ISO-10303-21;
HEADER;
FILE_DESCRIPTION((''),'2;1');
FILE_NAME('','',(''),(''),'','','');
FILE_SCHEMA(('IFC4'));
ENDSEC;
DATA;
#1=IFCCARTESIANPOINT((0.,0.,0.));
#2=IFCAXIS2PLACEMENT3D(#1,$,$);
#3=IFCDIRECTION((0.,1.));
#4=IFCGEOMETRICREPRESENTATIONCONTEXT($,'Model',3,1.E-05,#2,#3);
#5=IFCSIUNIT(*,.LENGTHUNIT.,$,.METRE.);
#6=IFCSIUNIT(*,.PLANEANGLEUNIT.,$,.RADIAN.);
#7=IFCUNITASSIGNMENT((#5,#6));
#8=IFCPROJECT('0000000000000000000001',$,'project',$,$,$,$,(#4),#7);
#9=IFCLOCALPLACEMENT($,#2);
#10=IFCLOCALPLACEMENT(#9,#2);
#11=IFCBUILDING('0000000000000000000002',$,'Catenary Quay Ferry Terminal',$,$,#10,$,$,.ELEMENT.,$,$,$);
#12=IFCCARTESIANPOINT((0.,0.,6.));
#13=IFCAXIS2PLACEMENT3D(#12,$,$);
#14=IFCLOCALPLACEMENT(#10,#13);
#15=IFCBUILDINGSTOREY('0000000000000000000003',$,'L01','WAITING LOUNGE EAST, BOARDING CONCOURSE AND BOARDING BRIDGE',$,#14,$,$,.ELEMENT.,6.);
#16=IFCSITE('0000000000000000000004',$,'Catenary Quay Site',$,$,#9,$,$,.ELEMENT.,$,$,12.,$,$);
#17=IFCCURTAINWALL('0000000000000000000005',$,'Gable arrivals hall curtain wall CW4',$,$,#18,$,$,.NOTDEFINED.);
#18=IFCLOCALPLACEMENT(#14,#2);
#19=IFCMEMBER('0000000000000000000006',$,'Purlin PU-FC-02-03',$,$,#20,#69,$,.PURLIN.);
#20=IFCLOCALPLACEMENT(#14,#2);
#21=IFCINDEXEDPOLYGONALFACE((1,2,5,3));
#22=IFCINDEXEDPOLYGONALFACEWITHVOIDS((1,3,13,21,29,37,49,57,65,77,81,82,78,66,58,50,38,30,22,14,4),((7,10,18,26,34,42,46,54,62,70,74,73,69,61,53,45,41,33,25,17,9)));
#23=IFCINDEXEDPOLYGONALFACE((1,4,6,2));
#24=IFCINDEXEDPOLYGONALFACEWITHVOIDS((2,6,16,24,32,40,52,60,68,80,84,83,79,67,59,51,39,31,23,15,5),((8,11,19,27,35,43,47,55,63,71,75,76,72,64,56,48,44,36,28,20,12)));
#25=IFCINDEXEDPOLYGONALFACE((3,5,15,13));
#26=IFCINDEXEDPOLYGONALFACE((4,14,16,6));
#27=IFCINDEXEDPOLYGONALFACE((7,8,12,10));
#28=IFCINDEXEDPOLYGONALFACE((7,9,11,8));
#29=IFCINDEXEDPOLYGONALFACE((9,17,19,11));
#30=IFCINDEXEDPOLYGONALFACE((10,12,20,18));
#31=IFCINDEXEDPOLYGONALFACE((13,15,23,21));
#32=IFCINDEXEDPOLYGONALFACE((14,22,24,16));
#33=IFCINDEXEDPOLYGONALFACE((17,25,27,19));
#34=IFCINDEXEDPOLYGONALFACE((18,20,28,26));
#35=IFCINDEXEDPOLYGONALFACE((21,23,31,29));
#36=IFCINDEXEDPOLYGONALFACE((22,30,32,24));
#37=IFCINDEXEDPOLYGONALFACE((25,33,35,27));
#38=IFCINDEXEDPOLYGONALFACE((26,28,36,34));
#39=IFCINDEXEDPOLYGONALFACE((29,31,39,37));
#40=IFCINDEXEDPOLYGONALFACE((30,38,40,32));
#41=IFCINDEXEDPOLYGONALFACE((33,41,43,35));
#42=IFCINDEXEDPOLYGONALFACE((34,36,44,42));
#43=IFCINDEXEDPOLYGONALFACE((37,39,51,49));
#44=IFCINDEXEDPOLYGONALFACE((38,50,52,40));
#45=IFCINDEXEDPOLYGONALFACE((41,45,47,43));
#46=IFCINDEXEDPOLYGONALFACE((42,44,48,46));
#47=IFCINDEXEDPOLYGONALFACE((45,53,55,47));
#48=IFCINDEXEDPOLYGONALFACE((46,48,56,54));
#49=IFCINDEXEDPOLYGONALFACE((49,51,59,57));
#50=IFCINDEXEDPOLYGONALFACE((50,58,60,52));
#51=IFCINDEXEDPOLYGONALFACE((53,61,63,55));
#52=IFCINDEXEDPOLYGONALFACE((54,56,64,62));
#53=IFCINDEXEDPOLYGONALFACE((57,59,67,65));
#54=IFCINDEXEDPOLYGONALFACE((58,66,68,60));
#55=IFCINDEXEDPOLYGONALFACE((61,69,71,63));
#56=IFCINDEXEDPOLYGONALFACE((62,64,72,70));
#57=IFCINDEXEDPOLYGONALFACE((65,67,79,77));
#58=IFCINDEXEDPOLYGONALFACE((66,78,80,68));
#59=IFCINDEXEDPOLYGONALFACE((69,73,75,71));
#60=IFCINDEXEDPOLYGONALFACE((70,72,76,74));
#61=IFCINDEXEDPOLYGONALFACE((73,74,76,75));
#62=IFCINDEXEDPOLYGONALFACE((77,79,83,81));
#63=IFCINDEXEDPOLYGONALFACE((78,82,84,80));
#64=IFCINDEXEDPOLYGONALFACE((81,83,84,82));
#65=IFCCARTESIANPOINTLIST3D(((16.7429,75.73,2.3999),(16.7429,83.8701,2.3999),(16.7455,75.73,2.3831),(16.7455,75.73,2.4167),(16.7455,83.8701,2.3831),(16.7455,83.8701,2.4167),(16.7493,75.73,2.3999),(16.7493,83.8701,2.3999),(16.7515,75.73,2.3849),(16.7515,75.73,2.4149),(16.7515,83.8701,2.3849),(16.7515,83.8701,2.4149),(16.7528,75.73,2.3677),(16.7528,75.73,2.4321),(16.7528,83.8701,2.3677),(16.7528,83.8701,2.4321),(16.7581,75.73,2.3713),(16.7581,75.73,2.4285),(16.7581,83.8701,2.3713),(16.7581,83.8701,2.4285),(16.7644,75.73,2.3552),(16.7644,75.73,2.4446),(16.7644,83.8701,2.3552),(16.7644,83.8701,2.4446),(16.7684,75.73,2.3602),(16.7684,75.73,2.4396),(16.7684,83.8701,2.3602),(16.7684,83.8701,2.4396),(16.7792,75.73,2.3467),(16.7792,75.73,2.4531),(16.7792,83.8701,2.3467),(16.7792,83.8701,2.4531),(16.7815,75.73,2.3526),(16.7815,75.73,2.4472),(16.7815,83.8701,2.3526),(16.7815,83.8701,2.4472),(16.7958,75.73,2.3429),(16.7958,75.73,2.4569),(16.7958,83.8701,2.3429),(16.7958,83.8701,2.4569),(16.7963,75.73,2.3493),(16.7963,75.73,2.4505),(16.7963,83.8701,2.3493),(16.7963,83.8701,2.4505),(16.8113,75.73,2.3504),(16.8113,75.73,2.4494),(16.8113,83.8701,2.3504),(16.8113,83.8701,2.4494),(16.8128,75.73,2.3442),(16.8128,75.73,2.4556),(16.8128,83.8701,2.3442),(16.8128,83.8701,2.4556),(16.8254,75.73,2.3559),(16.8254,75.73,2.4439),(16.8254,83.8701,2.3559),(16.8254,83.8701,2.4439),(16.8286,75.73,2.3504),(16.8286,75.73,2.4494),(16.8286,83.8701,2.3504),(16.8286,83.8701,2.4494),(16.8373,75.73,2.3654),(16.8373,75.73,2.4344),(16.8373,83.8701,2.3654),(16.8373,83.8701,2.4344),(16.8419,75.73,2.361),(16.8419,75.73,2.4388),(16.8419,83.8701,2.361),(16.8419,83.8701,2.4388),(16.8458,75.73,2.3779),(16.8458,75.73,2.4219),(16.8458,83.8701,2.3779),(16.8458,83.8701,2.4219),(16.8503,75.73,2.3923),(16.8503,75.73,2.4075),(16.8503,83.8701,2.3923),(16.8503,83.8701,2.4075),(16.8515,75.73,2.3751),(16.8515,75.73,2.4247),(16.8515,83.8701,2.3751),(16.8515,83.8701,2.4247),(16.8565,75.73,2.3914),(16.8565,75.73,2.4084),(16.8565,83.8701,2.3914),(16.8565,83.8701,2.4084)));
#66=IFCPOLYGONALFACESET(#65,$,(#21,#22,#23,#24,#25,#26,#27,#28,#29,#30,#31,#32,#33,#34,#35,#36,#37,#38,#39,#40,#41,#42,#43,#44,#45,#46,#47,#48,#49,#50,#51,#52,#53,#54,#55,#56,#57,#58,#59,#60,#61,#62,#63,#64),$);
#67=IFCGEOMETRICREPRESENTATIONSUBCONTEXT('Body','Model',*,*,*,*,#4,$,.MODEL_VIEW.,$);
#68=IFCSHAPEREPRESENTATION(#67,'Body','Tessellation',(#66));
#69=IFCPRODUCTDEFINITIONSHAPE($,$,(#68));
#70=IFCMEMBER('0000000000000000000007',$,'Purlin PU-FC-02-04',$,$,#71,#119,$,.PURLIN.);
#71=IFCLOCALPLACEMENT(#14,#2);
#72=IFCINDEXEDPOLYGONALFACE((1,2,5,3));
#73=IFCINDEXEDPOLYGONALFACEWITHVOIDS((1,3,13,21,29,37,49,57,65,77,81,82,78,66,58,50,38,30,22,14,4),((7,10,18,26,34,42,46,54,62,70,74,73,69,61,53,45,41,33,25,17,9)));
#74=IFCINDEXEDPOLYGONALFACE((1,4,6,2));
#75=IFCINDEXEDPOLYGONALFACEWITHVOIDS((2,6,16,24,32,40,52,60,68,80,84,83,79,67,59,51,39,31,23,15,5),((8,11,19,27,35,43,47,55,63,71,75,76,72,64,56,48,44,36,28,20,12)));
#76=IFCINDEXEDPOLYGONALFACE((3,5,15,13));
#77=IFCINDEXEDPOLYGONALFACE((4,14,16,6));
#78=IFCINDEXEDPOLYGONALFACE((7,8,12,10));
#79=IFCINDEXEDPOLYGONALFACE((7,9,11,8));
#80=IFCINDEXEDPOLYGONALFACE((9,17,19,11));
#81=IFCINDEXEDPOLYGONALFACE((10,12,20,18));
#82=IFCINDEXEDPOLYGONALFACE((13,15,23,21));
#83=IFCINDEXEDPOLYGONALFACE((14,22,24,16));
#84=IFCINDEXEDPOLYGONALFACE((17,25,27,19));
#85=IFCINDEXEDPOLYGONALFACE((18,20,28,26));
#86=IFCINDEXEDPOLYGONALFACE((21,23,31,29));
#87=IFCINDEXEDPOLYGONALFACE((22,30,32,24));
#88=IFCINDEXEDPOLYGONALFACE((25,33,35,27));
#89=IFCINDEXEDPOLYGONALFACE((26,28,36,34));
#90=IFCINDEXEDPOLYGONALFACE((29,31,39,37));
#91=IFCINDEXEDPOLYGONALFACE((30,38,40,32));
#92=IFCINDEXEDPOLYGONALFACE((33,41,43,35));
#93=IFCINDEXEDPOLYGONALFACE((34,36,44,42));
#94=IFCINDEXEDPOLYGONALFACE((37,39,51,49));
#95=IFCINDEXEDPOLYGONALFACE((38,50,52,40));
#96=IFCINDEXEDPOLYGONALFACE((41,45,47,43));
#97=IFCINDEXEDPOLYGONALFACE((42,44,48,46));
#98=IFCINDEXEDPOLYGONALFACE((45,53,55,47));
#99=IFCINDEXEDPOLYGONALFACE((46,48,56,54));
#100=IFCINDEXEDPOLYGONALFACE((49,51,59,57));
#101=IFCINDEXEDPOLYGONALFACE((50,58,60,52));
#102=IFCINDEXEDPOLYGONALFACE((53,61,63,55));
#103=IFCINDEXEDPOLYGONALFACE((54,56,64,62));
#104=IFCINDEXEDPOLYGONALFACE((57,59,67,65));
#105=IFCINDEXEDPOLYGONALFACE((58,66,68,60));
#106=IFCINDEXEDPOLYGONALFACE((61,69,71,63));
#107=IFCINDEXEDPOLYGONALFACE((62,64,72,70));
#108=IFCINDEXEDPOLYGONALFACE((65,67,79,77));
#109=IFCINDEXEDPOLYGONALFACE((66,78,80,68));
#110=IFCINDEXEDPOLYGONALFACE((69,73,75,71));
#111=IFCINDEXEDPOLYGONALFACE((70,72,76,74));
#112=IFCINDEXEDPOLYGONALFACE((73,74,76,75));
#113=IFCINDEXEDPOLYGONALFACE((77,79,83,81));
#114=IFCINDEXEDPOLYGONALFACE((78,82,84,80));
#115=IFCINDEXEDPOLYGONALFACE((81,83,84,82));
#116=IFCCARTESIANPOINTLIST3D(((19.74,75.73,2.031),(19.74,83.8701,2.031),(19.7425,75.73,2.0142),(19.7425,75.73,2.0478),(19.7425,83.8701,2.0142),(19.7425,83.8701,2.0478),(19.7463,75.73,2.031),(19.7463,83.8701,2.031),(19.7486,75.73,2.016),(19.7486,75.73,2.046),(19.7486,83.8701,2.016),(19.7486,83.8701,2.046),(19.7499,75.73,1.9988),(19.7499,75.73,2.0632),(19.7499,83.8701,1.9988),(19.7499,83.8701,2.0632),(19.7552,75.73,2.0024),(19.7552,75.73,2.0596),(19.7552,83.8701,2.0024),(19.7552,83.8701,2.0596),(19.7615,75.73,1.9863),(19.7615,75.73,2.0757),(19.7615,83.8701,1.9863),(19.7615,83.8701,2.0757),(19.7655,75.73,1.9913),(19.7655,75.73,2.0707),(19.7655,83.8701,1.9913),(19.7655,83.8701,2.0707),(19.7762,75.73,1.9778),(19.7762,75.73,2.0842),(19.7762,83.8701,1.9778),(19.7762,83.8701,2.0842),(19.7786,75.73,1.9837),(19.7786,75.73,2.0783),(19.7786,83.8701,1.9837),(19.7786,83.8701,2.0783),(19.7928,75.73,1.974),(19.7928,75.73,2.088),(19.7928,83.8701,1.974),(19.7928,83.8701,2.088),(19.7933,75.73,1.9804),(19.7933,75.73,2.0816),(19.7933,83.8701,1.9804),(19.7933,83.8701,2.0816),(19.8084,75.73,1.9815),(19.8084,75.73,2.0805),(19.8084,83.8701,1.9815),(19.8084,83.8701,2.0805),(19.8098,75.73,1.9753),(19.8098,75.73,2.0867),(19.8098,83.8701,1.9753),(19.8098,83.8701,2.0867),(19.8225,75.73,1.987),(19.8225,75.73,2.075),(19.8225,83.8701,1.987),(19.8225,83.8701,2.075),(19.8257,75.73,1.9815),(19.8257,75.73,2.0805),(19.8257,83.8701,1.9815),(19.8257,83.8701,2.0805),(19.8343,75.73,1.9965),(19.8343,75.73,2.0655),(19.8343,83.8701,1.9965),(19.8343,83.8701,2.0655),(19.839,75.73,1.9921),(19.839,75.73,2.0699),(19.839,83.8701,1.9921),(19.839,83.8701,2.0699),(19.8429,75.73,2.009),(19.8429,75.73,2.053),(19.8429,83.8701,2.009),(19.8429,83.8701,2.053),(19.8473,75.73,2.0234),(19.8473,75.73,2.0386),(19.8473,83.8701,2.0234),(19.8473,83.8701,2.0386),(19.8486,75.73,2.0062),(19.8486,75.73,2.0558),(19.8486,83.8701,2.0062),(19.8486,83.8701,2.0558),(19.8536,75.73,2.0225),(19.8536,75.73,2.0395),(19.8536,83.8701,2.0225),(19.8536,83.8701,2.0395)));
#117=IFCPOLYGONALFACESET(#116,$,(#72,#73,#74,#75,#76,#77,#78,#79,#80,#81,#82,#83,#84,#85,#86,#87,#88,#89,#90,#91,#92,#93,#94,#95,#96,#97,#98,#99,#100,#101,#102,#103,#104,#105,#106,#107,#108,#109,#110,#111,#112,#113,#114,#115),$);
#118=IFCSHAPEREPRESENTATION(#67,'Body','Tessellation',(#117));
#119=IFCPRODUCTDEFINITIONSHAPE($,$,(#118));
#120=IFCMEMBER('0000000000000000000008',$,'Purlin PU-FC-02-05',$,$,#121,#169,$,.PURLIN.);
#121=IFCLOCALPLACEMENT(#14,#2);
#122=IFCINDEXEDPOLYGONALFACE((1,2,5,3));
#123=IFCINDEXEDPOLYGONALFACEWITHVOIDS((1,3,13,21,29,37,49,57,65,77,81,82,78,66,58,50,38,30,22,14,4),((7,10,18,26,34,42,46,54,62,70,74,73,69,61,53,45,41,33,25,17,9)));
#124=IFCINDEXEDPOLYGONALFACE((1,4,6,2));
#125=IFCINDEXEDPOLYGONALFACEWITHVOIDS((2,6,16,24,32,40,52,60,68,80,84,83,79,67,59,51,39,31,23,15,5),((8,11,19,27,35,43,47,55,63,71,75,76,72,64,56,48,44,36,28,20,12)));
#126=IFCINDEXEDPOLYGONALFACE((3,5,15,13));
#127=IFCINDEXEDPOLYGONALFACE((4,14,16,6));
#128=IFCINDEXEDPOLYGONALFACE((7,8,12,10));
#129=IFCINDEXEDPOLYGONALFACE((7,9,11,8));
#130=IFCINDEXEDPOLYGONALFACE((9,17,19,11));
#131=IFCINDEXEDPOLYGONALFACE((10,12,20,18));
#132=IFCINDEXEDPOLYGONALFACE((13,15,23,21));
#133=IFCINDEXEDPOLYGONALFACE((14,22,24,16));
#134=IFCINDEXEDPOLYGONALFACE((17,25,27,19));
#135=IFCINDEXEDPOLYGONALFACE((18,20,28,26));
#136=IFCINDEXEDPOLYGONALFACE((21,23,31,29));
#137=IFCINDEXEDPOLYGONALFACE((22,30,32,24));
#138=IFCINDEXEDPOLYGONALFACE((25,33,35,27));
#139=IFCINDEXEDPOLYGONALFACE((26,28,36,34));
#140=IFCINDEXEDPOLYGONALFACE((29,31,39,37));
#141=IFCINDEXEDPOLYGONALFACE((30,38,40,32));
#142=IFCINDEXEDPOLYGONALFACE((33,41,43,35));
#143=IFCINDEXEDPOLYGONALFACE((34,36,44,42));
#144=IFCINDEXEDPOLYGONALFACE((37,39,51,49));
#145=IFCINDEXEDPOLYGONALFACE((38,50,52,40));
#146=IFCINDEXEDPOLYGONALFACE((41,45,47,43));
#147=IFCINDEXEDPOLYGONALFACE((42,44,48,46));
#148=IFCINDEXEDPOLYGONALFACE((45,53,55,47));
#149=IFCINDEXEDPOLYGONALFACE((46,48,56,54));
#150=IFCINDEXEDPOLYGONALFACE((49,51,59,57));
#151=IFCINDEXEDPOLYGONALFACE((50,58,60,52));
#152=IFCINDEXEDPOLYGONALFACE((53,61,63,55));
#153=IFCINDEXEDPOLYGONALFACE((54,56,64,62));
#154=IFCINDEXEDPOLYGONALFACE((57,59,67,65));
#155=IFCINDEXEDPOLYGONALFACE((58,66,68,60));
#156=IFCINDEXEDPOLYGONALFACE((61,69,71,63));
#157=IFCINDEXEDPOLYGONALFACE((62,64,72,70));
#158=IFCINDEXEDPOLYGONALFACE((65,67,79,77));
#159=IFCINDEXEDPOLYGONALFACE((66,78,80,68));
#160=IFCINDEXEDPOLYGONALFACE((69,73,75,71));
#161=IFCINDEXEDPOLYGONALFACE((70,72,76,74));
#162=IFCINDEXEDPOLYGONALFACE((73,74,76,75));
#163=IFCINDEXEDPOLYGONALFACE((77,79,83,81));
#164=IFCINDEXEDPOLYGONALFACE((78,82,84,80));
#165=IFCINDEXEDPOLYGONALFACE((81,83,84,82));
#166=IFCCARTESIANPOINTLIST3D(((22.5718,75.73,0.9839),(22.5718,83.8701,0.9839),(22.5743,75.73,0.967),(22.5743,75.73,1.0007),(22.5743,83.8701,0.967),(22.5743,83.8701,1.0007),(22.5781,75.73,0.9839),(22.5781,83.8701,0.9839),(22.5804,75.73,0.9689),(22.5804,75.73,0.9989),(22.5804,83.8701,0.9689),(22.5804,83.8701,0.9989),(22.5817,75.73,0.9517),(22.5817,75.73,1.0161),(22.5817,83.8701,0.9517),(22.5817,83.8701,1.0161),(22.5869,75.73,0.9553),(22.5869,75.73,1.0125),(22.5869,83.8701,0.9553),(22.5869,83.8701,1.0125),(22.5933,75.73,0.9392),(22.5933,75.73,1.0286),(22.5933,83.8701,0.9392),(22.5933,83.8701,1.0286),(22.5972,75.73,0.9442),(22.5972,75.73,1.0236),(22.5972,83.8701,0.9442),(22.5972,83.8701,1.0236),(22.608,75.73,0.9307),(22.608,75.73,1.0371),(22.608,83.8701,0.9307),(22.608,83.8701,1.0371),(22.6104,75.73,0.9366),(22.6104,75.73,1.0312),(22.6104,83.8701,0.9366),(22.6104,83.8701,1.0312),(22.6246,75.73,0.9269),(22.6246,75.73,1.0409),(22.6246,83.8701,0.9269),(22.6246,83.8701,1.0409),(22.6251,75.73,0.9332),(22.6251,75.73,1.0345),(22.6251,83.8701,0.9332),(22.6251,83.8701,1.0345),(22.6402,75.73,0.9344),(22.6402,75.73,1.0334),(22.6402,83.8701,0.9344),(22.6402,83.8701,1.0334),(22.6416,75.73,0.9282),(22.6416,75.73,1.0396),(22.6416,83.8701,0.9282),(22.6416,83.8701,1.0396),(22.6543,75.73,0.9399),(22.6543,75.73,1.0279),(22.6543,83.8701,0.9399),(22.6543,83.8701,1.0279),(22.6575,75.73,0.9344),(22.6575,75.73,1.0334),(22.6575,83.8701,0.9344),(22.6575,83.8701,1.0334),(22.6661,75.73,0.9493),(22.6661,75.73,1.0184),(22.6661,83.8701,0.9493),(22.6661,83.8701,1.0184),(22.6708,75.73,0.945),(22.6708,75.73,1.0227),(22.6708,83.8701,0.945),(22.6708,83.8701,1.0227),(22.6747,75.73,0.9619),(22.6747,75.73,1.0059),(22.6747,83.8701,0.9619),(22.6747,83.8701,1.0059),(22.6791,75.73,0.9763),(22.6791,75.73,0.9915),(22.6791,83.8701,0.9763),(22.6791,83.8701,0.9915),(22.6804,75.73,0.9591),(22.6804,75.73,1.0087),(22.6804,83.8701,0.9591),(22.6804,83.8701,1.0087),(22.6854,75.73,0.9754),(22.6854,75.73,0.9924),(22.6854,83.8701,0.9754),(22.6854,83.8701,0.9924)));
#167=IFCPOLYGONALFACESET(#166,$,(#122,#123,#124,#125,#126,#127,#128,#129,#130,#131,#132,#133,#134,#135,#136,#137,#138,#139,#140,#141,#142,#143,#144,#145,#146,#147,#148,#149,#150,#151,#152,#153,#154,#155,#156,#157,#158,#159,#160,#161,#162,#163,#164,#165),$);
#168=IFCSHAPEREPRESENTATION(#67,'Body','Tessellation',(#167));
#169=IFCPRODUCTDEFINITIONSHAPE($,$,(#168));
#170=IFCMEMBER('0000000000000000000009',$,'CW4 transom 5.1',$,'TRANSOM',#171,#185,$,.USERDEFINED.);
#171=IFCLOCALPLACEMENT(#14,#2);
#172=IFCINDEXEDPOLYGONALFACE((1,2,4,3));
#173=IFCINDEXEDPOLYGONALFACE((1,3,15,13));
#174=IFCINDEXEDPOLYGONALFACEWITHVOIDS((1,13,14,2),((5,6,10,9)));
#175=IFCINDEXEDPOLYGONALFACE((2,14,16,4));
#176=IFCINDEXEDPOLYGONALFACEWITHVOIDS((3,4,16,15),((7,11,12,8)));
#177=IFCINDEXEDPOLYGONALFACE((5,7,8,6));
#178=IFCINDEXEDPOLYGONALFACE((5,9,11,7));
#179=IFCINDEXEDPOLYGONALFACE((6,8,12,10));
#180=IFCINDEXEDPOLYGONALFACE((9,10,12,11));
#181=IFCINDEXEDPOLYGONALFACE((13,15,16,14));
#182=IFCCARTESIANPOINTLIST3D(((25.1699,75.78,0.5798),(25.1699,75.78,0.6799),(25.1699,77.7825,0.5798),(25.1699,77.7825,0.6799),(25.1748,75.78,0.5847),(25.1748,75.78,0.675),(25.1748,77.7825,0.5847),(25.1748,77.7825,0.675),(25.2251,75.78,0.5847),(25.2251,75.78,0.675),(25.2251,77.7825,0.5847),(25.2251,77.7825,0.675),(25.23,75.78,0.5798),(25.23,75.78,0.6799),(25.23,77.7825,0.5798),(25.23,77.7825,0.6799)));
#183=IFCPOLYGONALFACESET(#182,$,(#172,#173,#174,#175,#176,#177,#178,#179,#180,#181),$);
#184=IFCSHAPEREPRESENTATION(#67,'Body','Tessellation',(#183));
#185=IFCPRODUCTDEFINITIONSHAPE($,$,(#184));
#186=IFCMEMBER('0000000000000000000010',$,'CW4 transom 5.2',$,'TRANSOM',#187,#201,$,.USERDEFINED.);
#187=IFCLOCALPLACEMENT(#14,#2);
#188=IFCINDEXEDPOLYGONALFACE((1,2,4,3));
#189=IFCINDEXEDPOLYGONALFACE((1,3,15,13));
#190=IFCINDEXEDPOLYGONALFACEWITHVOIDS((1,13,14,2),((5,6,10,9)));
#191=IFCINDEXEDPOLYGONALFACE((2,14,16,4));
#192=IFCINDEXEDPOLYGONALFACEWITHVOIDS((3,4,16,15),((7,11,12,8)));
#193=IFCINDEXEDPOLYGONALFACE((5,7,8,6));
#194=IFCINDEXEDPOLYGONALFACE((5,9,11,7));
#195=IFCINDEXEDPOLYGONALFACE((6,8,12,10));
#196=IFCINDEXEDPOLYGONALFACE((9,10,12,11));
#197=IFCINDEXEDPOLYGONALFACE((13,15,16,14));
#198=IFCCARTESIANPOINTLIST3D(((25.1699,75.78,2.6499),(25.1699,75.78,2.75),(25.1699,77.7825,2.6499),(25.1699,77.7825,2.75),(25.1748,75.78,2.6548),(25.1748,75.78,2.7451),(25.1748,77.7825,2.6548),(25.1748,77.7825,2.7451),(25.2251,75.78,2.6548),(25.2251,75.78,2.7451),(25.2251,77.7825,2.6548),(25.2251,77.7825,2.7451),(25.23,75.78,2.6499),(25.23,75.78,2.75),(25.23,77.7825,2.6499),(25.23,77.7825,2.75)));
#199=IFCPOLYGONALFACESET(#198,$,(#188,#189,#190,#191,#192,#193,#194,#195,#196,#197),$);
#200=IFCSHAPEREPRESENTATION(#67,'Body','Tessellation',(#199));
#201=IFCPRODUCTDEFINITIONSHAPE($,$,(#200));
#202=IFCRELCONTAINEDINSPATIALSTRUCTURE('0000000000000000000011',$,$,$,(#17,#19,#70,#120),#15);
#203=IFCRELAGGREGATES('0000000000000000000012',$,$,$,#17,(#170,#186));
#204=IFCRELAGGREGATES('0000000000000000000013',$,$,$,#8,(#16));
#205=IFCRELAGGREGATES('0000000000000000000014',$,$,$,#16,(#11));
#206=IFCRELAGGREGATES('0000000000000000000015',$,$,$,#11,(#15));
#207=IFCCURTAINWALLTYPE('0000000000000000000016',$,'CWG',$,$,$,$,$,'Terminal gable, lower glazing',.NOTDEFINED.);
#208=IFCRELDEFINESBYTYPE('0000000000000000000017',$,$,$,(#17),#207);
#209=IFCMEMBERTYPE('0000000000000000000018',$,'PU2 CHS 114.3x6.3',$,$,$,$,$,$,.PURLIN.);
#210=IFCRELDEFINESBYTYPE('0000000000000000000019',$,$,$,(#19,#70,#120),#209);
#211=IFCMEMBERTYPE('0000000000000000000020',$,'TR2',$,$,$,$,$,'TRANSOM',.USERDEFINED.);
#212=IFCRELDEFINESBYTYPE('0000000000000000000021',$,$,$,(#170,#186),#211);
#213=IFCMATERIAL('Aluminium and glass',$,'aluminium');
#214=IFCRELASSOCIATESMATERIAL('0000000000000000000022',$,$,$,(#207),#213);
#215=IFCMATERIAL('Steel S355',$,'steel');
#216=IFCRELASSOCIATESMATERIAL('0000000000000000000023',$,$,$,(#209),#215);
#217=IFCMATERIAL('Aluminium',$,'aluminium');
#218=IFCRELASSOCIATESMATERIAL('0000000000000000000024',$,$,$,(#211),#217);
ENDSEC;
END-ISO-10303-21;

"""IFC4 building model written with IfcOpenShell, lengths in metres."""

from ifc_helpers import new_model, si_unit, direction, frame, origin, origin_2d, place, context, subcontext, project, spatial, hollow_rectangle, hollow_circle, extrude, material, material_profile, profile_set, type_object, element, aggregate, save


model = new_model("IFC4")

# Units and contexts
model_context = context("Model", 3, precision=1e-05, world=origin(), true_north=direction((0.0, 1.0)))
body_context = subcontext(model_context, "Body", "Model", "MODEL_VIEW")
ifc_project = project(units=[si_unit("LENGTHUNIT", "METRE"), si_unit("PLANEANGLEUNIT", "RADIAN")], contexts=[model_context])

# Site, building, storey
site_placement = place(None, origin())
site = spatial("IfcSite", under=ifc_project, at=site_placement, Name="Catenary Quay Site", CompositionType="ELEMENT", RefElevation=12.0)
building_placement = place(site_placement, origin())
building = spatial("IfcBuilding", under=site, at=building_placement, Name="Catenary Quay Ferry Terminal", CompositionType="ELEMENT")
storey_placement = place(building_placement, frame((0.0, 0.0, 6.0)))
storey = spatial("IfcBuildingStorey", under=building, at=storey_placement, Name="L01", Description="WAITING LOUNGE EAST, BOARDING CONCOURSE AND BOARDING BRIDGE", CompositionType="ELEMENT", Elevation=6.0)

# Curtain wall
ifc_material_1 = material(Name="Aluminium and glass", Category="aluminium")
curtain_wall_type_1 = type_object("IfcCurtainWallType", Name="CWG", ElementType="Terminal gable, lower glazing", PredefinedType="NOTDEFINED", material=ifc_material_1)
curtain_wall_1_placement = place(storey_placement, origin())
curtain_wall_1 = element("IfcCurtainWall", 1, at=curtain_wall_1_placement, inside=storey, type_object=curtain_wall_type_1, Name="Gable arrivals hall curtain wall CW4", PredefinedType="NOTDEFINED")

# Members
ifc_material_2 = material(Name="Steel S355", Category="steel")
ifc_material_profile_1 = material_profile(ifc_material_2, hollow_circle(Radius=0.0571, WallThickness=0.0063, at=origin_2d()), Name="CHS 114.3x6.3")
ifc_profile_set_1 = profile_set([ifc_material_profile_1], Name="Steel S355")
member_type_1 = type_object("IfcMemberType", Name="PU2 CHS 114.3x6.3", PredefinedType="PURLIN", material=ifc_profile_set_1)
for number, where, z_axis, x_axis, name in (
    (2, (16.8, 75.73, 2.3999), (0.0, 1.0, 0.0), (-1.0, 0.0, 0.0), "Purlin PU-FC-02-03"),
    (3, (19.7971, 75.73, 2.031), (0.0, 1.0, 0.0), (-1.0, 0.0, 0.0), "Purlin PU-FC-02-04"),
    (4, (22.6289, 75.73, 0.9839), (0.0, 1.0, 0.0), (-1.0, 0.0, 0.0), "Purlin PU-FC-02-05"),
):
    element("IfcMember", number, at=place(storey_placement, frame(where, z_axis=z_axis, x_axis=x_axis)), inside=storey, type_object=member_type_1, Name=name, PredefinedType="PURLIN", context=body_context, shape_type="SweptSolid", body=[
        extrude(hollow_circle(Radius=0.0571, WallThickness=0.0063, at=origin_2d()), origin(), (0.0, 0.0, 1.0), 8.1401),
    ])

# Members
ifc_material_3 = material(Name="Aluminium", Category="aluminium")
ifc_material_profile_2 = material_profile(ifc_material_3, hollow_rectangle(XDim=0.0601, YDim=0.1001, WallThickness=0.0049, at=origin_2d()), Name="TR2")
ifc_profile_set_2 = profile_set([ifc_material_profile_2], Name="Aluminium")
member_type_2 = type_object("IfcMemberType", Name="TR2", ElementType="TRANSOM", PredefinedType="USERDEFINED", material=ifc_profile_set_2)
member_1_placement = place(storey_placement, frame((25.2, 75.78, 0.6299), z_axis=(0.0, 1.0, 0.0), x_axis=(-1.0, 0.0, 0.0)))
member_1 = element("IfcMember", 5, at=member_1_placement, type_object=member_type_2, Name="CW4 transom 5.1", ObjectType="TRANSOM", PredefinedType="USERDEFINED", context=body_context, shape_type="SweptSolid", body=[
    extrude(hollow_rectangle(XDim=0.0601, YDim=0.1001, WallThickness=0.0049, at=origin_2d()), origin(), (0.0, 0.0, 1.0), 2.0024),
])
member_2_placement = place(storey_placement, frame((25.2, 75.78, 2.7), z_axis=(0.0, 1.0, 0.0), x_axis=(-1.0, 0.0, 0.0)))
member_2 = element("IfcMember", 6, at=member_2_placement, type_object=member_type_2, Name="CW4 transom 5.2", ObjectType="TRANSOM", PredefinedType="USERDEFINED", context=body_context, shape_type="SweptSolid", body=[
    extrude(hollow_rectangle(XDim=0.0601, YDim=0.1001, WallThickness=0.0049, at=origin_2d()), origin(), (0.0, 0.0, 1.0), 2.0024),
])

aggregate(curtain_wall_1, [member_1, member_2])

save(model, "model.ifc")
